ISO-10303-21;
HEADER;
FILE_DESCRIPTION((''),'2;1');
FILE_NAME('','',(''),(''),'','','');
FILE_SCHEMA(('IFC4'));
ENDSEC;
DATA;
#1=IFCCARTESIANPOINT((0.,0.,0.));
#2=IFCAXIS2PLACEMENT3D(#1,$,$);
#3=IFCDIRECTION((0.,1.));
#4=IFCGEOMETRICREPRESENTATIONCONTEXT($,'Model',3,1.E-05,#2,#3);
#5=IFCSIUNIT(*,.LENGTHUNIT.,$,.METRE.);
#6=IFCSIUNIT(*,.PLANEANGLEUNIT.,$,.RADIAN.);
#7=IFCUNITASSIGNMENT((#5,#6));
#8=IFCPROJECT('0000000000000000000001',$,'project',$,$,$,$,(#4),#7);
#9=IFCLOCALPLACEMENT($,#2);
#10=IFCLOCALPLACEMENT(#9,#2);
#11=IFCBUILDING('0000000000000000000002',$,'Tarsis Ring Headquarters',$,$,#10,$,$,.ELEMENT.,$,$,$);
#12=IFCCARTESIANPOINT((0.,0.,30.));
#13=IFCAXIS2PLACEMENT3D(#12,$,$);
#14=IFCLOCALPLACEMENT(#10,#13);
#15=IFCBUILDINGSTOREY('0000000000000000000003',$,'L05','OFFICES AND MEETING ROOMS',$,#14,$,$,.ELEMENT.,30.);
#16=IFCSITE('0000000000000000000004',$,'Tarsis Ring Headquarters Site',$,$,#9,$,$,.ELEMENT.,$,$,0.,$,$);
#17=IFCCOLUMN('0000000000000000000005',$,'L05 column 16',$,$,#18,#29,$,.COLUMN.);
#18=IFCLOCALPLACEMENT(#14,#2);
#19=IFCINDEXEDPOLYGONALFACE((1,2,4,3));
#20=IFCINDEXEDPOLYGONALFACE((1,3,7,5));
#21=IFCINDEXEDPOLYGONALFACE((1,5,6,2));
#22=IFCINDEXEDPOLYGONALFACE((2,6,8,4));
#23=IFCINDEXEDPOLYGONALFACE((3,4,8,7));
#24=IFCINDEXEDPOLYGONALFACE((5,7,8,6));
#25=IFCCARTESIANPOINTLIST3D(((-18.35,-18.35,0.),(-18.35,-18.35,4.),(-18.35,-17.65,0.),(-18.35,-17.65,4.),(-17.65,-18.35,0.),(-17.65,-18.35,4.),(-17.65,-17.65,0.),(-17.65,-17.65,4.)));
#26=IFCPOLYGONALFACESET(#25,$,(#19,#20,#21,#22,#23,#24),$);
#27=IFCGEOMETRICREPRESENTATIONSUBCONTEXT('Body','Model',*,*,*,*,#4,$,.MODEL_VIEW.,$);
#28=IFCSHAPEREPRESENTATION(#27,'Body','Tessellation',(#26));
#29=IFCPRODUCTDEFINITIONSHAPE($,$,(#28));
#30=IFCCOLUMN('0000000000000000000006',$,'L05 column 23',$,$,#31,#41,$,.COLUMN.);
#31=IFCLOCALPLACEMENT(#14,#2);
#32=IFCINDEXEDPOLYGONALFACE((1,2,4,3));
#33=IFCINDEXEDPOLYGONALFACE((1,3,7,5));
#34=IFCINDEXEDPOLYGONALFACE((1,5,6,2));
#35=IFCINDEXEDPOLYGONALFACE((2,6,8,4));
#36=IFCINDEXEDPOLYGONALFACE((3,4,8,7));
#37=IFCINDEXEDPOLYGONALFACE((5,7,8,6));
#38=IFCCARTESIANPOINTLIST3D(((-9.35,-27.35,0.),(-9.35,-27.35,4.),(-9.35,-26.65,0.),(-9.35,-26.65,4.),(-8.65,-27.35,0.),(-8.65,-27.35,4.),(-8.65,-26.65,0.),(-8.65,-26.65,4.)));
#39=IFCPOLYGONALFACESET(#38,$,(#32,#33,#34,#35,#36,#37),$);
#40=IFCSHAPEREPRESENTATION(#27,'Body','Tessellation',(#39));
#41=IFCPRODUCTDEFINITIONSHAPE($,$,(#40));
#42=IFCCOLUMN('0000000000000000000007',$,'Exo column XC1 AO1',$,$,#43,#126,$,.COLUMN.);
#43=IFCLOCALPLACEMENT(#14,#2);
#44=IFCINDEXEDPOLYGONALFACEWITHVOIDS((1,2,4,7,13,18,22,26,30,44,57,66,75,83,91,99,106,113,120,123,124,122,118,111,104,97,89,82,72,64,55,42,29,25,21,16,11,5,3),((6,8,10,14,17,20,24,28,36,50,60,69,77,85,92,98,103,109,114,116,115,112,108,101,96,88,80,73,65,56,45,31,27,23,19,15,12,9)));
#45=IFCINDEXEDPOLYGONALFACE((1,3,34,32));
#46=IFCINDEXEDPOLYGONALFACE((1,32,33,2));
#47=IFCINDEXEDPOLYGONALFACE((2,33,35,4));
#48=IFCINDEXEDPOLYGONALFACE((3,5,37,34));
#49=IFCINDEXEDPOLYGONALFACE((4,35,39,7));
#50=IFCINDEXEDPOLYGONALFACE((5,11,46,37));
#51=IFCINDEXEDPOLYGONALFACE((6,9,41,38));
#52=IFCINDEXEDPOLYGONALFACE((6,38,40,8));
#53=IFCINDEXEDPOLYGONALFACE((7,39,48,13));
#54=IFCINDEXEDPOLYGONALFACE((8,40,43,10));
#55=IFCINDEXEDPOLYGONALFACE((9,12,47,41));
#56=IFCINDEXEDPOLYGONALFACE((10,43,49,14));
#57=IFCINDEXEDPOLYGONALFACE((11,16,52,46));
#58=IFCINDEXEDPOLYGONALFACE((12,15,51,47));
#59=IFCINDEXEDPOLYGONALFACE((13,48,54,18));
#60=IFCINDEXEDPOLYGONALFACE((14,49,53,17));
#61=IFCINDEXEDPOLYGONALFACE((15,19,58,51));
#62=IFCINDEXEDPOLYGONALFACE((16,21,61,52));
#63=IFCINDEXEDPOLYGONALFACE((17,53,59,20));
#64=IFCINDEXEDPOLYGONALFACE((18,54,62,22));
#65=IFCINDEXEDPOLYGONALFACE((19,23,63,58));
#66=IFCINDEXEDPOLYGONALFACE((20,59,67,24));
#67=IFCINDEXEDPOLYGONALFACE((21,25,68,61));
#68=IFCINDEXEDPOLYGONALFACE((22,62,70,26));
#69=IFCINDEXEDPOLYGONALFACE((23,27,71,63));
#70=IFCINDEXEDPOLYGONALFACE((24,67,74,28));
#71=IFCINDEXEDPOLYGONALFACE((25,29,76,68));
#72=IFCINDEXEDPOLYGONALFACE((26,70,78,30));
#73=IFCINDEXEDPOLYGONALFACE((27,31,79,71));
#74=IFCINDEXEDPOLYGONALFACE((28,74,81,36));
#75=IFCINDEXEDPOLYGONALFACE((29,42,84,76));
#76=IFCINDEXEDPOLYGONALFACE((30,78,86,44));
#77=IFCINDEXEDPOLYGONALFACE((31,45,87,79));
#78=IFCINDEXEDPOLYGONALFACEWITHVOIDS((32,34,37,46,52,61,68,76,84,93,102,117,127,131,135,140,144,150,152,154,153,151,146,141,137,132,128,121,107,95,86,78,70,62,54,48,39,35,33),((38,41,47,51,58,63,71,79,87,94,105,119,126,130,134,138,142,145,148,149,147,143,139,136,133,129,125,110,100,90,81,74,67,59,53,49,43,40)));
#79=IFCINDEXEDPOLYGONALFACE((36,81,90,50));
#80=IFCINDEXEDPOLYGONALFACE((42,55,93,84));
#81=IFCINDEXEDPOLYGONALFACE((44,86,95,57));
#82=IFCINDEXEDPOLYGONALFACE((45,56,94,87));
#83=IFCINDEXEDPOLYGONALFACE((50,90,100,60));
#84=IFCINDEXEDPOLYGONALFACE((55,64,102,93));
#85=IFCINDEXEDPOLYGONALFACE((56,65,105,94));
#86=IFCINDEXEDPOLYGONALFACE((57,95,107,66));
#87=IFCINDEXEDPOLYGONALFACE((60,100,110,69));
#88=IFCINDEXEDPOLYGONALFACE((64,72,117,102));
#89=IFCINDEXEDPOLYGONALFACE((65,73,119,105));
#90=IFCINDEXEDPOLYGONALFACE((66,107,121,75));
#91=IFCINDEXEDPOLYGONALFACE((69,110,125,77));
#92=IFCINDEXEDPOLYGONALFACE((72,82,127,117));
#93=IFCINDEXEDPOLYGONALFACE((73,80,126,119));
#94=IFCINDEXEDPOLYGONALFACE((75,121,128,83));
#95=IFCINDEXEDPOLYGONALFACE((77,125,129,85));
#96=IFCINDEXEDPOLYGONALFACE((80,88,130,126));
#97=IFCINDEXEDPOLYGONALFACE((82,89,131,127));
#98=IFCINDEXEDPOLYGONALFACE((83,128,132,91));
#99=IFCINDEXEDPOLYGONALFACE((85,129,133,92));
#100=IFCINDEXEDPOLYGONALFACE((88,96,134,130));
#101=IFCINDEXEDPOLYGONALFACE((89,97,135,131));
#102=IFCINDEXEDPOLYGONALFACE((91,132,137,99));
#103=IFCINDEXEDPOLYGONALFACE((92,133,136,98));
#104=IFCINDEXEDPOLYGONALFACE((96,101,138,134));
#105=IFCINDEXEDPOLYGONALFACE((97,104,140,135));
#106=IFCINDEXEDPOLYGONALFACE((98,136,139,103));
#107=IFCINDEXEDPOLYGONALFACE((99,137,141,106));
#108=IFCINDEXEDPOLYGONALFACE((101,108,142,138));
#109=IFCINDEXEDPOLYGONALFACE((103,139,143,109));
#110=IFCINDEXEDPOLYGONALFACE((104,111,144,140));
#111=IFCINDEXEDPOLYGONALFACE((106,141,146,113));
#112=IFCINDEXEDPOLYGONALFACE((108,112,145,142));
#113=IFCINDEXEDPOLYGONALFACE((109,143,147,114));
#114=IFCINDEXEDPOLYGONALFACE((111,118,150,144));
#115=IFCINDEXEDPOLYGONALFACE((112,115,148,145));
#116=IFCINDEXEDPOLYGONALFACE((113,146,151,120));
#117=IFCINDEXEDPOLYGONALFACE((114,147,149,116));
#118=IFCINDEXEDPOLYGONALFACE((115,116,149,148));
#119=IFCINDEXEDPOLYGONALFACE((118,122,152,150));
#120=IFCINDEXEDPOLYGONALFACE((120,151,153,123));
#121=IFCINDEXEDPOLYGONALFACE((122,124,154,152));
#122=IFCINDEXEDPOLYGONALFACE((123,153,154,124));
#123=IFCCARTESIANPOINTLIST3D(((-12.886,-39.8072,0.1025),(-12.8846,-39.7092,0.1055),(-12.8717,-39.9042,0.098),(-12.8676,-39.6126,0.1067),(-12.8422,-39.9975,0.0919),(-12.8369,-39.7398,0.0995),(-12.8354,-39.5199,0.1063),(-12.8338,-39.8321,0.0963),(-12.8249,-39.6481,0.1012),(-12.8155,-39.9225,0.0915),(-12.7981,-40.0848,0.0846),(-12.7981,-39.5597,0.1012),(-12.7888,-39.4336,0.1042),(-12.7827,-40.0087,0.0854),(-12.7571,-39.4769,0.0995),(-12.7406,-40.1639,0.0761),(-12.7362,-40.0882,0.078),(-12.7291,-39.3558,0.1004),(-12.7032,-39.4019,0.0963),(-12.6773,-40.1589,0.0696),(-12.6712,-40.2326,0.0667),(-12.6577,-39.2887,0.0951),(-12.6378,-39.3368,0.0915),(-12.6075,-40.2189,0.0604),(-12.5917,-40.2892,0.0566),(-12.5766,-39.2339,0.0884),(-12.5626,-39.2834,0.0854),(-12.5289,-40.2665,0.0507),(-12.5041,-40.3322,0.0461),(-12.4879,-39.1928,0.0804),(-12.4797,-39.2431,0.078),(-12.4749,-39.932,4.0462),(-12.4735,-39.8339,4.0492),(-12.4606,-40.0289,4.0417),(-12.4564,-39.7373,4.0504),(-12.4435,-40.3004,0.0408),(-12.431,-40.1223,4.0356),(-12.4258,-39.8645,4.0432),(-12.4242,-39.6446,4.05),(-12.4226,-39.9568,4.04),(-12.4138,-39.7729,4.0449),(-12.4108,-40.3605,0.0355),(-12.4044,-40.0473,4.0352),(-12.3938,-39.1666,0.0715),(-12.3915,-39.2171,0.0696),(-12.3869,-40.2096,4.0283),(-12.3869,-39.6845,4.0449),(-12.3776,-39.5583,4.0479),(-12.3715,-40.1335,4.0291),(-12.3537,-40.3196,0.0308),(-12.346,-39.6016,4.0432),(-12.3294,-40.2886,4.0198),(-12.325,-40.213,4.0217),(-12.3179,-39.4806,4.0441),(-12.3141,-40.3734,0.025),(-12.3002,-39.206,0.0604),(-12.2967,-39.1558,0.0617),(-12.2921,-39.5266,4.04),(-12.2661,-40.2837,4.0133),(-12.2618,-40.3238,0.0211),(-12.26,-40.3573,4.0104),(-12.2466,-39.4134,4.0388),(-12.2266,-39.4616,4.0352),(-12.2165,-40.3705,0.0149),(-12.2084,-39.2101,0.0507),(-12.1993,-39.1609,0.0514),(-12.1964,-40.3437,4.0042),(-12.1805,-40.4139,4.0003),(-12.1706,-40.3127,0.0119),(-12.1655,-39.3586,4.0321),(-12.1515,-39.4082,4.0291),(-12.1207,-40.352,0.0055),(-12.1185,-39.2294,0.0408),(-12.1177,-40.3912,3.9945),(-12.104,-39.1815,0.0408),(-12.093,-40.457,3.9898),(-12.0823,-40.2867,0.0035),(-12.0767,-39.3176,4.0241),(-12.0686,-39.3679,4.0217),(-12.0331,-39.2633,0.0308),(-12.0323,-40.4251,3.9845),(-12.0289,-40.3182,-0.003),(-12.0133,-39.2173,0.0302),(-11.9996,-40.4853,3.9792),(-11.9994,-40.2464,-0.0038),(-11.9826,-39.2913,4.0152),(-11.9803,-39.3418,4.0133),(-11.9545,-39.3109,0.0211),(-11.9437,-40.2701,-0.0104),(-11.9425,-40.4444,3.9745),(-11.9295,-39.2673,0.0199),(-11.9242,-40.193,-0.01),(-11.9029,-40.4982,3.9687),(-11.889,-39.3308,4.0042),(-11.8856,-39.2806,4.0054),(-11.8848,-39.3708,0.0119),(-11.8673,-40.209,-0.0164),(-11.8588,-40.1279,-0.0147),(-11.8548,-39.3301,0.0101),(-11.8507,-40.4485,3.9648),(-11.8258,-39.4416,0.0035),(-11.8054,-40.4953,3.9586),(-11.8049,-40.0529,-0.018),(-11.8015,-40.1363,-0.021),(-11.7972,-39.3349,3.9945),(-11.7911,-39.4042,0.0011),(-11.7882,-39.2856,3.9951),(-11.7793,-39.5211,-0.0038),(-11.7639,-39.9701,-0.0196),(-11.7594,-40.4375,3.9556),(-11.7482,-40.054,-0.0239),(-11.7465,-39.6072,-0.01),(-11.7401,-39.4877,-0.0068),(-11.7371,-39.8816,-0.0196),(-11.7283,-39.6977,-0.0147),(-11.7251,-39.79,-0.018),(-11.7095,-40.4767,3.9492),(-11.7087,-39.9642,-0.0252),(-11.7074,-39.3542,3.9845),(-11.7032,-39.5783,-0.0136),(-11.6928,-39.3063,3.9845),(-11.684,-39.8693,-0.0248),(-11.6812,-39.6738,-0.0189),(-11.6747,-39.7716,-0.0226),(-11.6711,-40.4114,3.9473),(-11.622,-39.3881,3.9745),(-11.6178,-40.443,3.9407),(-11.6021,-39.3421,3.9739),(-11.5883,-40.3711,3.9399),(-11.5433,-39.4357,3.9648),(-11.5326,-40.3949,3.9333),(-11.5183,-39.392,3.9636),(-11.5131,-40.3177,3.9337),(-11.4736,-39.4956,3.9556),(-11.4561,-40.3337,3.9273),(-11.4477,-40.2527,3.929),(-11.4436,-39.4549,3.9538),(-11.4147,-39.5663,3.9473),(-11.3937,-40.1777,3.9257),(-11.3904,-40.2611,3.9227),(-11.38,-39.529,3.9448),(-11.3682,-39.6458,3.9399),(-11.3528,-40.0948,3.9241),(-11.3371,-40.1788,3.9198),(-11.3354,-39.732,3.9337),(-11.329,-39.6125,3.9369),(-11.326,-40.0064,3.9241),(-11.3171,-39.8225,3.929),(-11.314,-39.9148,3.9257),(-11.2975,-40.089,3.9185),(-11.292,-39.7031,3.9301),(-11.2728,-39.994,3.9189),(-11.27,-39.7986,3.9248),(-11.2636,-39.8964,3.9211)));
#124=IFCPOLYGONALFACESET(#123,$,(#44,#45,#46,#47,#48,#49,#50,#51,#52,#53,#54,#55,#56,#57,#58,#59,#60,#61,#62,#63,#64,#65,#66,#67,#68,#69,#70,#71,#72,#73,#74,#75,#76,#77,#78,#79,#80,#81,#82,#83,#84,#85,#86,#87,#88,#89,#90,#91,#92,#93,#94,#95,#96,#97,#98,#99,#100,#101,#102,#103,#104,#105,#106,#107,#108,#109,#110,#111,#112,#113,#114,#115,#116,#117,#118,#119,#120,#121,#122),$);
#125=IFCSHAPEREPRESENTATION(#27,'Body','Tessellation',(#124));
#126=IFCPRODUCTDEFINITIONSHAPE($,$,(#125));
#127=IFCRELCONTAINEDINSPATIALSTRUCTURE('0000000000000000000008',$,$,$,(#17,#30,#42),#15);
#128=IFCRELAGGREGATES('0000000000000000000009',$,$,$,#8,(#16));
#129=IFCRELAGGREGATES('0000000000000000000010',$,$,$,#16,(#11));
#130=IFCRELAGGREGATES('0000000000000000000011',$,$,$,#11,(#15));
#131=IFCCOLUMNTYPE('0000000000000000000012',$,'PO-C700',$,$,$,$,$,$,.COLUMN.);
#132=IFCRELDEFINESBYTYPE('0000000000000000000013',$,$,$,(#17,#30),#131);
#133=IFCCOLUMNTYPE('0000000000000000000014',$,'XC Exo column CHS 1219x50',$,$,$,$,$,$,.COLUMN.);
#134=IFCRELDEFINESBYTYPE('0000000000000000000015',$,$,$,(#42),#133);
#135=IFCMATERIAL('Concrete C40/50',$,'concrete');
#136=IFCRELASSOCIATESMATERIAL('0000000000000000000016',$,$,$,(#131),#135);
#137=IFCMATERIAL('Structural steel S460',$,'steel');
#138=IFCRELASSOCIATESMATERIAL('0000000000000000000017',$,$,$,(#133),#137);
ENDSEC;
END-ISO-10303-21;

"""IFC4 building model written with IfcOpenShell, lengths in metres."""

from ifc_helpers import new_model, si_unit, direction, frame, origin, origin_2d, place, context, subcontext, project, spatial, rectangle, hollow_circle, extrude, material, material_profile, profile_set, type_object, element, save


model = new_model("IFC4")

# Units and contexts
model_context = context("Model", 3, precision=1e-05, world=origin(), true_north=direction((0.0, 1.0)))
body_context = subcontext(model_context, "Body", "Model", "MODEL_VIEW")
ifc_project = project(units=[si_unit("LENGTHUNIT", "METRE"), si_unit("PLANEANGLEUNIT", "RADIAN")], contexts=[model_context])

# Site, building, storey
site_placement = place(None, origin())
site = spatial("IfcSite", under=ifc_project, at=site_placement, Name="Tarsis Ring Headquarters Site", CompositionType="ELEMENT", RefElevation=0.0)
building_placement = place(site_placement, origin())
building = spatial("IfcBuilding", under=site, at=building_placement, Name="Tarsis Ring Headquarters", CompositionType="ELEMENT")
storey_placement = place(building_placement, frame((0.0, 0.0, 30.0)))
storey = spatial("IfcBuildingStorey", under=building, at=storey_placement, Name="L05", Description="OFFICES AND MEETING ROOMS", CompositionType="ELEMENT", Elevation=30.0)

# Columns
ifc_material_1 = material(Name="Concrete C40/50", Category="concrete")
ifc_material_profile_1 = material_profile(ifc_material_1, rectangle(XDim=0.7, YDim=0.7, at=origin_2d()), Name="PO-C700")
ifc_profile_set_1 = profile_set([ifc_material_profile_1], Name="Concrete C40/50")
column_type_1 = type_object("IfcColumnType", Name="PO-C700", PredefinedType="COLUMN", material=ifc_profile_set_1)
for number, where, z_axis, x_axis, name in (
    (1, (-18.0, -18.0, 0.0), (0.0, 0.0, 1.0), (1.0, 0.0, 0.0), "L05 column 16"),
    (2, (-9.0, -27.0, 0.0), (0.0, 0.0, 1.0), (1.0, 0.0, 0.0), "L05 column 23"),
):
    element("IfcColumn", number, at=place(storey_placement, frame(where, z_axis=z_axis, x_axis=x_axis)), inside=storey, type_object=column_type_1, Name=name, PredefinedType="COLUMN", context=body_context, shape_type="SweptSolid", body=[
        extrude(rectangle(XDim=0.7, YDim=0.7, at=origin_2d()), origin(), (0.0, 0.0, 1.0), 4.0),
    ])
ifc_material_2 = material(Name="Structural steel S460", Category="steel")
ifc_material_profile_2 = material_profile(ifc_material_2, hollow_circle(Radius=0.6096, WallThickness=0.05, at=origin_2d()), Name="CHS 1219x50")
ifc_profile_set_2 = profile_set([ifc_material_profile_2], Name="Structural steel S460")
column_type_2 = type_object("IfcColumnType", Name="XC Exo column CHS 1219x50", PredefinedType="COLUMN", material=ifc_profile_set_2)
column_1_placement = place(storey_placement, frame((-12.281, -39.7649, 0.0408), z_axis=(0.10364, -0.031449, 0.994118), x_axis=(0.29037, 0.956914, 0.0)))
element("IfcColumn", 3, at=column_1_placement, inside=storey, type_object=column_type_2, Name="Exo column XC1 AO1", PredefinedType="COLUMN", context=body_context, shape_type="SweptSolid", body=[
    extrude(hollow_circle(Radius=0.6096, WallThickness=0.05, at=origin_2d()), origin(), (0.0, 0.0, 1.0), 3.967),
])

save(model, "model.ifc")
